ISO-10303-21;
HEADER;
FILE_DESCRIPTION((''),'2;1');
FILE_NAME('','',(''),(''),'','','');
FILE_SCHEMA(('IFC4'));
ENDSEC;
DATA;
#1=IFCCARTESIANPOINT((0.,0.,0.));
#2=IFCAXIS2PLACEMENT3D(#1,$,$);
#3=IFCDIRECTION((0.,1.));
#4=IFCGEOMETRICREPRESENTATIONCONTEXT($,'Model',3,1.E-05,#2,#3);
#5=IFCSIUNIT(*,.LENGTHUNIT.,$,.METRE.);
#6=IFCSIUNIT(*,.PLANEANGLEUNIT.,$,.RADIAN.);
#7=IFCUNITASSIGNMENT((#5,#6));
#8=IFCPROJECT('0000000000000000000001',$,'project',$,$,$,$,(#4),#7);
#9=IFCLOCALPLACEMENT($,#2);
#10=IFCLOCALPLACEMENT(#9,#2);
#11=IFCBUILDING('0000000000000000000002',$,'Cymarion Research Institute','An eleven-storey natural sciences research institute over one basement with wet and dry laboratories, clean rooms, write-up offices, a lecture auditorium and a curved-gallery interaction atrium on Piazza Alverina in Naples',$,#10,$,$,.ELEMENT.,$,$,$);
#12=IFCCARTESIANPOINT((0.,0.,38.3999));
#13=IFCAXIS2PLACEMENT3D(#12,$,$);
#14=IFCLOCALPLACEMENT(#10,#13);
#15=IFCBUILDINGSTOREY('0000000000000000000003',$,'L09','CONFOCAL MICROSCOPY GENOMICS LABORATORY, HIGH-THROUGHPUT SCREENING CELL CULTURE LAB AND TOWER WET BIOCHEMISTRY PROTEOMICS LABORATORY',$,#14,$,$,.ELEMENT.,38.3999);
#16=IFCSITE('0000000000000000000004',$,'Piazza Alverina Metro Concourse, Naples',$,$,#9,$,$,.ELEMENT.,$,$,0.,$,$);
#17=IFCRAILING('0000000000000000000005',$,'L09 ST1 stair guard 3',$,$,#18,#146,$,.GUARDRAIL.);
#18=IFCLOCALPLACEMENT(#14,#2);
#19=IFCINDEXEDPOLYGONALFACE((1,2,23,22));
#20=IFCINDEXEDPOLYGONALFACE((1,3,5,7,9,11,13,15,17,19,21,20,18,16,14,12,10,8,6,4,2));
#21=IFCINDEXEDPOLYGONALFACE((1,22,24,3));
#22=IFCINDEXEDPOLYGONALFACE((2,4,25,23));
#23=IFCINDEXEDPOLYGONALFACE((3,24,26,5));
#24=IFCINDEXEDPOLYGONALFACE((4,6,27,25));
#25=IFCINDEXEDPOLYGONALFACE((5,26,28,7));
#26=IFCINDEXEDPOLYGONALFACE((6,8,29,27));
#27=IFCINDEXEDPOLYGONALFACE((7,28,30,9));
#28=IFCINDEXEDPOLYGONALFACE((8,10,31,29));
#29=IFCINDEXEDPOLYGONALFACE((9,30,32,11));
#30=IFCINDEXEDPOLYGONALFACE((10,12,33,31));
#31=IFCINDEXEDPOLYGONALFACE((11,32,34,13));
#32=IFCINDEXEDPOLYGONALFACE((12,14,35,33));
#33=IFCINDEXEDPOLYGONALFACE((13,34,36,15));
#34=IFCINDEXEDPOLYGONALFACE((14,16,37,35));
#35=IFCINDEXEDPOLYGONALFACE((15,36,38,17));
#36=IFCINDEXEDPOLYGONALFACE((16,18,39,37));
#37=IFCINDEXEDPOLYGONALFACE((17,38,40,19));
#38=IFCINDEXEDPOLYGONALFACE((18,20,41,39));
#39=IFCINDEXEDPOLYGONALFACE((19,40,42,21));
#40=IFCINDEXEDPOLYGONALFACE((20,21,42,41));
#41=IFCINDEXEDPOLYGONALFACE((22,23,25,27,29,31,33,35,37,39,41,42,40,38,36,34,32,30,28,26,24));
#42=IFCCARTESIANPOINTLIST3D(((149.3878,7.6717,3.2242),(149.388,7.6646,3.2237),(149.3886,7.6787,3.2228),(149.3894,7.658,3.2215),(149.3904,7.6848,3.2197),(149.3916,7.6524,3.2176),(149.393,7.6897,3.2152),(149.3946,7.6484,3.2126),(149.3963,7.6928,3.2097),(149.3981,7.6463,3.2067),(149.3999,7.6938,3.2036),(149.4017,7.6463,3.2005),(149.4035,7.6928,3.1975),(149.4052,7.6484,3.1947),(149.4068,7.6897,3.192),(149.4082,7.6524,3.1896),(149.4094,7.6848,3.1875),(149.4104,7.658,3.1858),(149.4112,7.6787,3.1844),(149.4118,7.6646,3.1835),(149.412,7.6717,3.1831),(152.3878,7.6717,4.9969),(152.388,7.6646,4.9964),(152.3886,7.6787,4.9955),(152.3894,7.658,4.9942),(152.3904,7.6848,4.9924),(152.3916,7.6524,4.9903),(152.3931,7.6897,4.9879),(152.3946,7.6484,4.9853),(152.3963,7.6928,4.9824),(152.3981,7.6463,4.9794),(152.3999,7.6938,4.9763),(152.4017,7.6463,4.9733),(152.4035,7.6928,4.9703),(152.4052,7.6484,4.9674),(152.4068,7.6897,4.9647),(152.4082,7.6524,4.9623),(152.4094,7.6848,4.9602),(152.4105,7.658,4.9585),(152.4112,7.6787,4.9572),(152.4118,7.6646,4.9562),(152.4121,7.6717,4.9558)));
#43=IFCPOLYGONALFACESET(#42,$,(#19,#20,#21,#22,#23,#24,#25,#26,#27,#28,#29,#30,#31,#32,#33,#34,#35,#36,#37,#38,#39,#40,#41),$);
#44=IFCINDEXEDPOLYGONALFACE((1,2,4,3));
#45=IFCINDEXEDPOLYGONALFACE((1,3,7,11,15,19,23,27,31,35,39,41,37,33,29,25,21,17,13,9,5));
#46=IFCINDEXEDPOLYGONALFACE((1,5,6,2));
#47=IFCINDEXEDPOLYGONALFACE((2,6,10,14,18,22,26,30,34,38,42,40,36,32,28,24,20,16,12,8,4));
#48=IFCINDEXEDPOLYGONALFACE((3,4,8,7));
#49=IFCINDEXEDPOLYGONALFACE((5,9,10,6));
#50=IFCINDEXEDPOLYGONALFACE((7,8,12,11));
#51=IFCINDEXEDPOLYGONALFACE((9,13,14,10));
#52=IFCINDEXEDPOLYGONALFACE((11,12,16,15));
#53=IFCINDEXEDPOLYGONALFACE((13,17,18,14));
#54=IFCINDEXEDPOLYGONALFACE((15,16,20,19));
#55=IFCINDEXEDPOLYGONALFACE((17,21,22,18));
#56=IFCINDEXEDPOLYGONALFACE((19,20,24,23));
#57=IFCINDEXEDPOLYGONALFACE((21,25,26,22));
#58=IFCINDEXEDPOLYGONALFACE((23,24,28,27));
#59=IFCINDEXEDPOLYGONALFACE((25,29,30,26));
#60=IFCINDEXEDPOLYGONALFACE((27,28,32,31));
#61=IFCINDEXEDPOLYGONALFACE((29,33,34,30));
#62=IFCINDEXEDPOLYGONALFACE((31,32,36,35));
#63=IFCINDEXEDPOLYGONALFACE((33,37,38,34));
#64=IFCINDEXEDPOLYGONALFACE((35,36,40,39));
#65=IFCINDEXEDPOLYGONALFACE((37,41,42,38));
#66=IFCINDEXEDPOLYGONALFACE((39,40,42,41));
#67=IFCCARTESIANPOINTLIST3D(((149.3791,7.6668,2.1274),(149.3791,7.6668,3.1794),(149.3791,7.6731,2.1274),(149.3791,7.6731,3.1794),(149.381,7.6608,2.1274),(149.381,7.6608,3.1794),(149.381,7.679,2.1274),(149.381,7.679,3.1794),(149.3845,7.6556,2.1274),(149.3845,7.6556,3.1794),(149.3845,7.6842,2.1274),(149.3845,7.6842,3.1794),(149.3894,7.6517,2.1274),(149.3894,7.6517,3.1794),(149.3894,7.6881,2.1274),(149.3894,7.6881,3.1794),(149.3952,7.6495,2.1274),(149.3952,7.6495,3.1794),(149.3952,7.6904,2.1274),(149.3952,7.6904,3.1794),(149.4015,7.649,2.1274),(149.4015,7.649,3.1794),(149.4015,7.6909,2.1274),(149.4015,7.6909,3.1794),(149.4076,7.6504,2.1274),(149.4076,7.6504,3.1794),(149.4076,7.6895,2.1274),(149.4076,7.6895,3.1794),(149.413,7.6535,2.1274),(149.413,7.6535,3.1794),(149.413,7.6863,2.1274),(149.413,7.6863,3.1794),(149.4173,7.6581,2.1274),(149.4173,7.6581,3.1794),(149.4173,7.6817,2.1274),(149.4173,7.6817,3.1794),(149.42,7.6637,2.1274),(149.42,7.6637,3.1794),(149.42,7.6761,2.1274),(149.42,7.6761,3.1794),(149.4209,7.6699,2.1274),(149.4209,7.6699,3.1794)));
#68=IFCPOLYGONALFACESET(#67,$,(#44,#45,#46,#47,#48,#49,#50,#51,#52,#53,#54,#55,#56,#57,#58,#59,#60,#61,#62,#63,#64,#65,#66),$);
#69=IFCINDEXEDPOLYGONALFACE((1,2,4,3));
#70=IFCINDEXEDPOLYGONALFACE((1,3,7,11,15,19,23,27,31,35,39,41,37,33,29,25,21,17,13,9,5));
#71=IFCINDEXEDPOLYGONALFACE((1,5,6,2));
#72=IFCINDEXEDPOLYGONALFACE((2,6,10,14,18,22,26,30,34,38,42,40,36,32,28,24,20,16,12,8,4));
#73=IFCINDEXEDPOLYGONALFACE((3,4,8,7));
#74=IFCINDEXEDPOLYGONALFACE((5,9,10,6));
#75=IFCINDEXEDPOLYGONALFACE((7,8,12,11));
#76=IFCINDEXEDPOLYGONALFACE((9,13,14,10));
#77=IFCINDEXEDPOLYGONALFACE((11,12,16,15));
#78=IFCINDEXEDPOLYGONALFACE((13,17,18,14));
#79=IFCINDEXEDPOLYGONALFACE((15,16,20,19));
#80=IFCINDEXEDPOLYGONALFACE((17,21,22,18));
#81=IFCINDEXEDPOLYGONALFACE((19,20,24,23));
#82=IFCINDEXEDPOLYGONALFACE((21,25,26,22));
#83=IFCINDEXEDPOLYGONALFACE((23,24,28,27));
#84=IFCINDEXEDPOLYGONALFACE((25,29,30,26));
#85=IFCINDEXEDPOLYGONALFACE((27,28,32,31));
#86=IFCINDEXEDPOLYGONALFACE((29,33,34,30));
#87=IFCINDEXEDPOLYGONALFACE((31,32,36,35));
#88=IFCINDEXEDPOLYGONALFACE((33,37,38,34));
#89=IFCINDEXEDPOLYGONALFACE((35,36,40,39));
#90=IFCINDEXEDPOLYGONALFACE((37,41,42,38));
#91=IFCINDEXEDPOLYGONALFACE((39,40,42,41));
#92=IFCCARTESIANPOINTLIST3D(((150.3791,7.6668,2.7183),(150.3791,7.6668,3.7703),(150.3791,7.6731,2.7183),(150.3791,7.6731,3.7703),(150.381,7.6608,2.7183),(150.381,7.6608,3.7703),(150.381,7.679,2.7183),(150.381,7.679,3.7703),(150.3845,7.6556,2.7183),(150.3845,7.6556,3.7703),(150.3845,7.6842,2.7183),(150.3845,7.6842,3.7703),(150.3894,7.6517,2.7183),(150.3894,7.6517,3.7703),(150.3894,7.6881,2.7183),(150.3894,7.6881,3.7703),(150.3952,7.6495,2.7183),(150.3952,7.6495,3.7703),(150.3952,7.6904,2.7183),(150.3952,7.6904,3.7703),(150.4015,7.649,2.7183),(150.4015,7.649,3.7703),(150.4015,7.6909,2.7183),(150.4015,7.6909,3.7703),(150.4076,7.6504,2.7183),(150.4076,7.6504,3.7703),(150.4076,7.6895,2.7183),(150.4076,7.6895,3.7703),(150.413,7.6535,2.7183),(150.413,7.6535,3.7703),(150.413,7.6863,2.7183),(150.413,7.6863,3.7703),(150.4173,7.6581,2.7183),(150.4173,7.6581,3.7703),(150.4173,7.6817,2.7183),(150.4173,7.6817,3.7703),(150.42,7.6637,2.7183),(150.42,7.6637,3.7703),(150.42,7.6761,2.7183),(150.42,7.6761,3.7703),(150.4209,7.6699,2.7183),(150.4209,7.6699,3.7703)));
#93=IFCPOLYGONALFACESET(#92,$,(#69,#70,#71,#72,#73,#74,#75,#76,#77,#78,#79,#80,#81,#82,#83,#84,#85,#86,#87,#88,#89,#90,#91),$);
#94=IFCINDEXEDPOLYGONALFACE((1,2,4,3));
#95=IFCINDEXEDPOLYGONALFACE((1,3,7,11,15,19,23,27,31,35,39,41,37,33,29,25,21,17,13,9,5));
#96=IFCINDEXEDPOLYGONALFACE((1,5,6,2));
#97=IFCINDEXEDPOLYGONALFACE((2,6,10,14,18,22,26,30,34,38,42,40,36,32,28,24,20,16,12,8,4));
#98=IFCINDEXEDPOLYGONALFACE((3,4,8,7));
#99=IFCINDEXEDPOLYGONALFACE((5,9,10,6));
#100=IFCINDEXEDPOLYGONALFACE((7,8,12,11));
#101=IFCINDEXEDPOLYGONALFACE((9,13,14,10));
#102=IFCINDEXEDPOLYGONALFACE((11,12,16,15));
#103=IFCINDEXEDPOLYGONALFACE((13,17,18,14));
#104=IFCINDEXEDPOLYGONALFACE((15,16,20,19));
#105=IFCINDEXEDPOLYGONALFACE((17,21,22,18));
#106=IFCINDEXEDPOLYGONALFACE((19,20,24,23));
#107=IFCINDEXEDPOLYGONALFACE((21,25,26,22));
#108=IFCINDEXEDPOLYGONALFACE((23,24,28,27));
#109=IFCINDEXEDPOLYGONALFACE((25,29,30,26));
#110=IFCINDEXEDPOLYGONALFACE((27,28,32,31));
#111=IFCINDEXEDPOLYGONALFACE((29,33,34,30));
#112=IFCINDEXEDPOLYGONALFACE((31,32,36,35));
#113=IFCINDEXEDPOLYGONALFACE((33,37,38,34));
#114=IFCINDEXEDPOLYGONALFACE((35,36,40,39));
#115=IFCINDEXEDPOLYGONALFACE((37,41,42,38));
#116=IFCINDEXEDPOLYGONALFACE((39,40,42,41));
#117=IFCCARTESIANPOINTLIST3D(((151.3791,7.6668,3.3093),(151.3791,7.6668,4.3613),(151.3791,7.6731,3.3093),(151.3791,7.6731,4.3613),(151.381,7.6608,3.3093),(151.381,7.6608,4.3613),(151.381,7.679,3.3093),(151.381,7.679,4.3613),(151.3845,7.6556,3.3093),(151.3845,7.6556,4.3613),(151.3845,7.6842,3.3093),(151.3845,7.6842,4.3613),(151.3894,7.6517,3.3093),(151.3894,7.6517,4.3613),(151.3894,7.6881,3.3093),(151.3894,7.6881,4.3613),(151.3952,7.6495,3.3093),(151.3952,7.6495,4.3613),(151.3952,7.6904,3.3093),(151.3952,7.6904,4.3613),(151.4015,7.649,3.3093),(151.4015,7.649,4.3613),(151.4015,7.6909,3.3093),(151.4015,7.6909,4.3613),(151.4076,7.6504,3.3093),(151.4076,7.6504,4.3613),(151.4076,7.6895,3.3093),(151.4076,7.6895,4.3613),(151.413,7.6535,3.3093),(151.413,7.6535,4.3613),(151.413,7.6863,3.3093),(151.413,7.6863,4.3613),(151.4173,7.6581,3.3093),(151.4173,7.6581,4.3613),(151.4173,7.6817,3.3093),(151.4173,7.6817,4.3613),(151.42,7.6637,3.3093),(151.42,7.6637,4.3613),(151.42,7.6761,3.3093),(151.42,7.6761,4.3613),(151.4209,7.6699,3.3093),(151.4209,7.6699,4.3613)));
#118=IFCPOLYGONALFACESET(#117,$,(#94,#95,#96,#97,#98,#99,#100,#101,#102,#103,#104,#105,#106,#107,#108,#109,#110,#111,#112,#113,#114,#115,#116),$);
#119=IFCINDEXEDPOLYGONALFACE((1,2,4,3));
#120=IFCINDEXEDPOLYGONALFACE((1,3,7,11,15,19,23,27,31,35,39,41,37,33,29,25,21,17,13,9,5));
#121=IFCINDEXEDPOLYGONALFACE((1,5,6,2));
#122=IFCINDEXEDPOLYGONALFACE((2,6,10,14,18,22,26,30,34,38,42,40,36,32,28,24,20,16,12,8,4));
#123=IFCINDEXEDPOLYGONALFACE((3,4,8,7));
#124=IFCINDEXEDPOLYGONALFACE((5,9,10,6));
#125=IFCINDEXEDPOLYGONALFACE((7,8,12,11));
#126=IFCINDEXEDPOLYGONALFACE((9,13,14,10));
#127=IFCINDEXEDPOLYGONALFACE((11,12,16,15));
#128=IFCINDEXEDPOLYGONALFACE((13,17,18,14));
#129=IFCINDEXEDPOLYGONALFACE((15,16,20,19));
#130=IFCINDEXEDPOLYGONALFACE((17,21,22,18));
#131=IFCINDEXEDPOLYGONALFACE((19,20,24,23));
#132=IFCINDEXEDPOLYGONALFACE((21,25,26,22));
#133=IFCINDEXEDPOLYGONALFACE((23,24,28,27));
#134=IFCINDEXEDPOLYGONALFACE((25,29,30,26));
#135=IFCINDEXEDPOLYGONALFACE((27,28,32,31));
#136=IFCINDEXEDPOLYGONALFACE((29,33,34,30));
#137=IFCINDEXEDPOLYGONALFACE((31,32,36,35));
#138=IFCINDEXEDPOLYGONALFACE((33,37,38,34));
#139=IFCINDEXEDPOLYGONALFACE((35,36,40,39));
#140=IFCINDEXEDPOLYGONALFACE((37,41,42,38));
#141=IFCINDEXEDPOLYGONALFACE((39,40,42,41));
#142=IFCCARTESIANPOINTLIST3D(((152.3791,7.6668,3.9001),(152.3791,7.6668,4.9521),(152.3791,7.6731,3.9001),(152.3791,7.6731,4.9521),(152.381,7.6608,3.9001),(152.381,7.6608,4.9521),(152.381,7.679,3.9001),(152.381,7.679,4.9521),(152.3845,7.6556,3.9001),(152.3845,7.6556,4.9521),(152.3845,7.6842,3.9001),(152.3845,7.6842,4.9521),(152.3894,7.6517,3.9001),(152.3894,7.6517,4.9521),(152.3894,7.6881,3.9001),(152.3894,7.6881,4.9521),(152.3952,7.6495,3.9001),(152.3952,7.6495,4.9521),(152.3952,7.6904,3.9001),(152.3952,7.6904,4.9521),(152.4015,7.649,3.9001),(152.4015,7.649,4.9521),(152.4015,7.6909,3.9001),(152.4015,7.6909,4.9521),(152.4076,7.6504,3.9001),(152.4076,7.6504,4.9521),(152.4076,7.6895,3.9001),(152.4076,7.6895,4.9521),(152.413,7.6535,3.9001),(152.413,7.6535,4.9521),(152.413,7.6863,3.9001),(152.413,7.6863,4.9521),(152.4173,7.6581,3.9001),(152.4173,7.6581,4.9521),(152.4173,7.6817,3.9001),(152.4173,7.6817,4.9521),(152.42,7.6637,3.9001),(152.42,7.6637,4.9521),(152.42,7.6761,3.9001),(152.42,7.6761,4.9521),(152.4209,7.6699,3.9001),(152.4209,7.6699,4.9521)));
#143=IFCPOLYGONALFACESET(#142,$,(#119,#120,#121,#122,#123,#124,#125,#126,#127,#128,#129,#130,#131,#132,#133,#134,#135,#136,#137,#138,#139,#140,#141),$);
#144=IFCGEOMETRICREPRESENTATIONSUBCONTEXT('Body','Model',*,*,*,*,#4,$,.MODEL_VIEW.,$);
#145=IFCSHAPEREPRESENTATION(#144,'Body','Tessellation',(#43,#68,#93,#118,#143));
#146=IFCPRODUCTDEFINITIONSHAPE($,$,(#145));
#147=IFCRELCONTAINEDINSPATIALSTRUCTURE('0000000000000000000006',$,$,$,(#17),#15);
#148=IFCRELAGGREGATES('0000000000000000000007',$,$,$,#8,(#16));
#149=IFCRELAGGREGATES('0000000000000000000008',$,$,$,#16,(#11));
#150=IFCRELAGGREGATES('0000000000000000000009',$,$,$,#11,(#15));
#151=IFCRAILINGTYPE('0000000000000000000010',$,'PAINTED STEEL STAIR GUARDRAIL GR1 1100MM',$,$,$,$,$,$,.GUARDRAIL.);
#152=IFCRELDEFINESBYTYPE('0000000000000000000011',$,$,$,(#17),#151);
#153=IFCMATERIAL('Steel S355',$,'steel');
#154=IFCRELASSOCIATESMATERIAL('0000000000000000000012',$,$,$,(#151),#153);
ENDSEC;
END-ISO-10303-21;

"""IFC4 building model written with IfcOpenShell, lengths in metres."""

from ifc_helpers import new_model, si_unit, direction, frame, origin, origin_2d, place, context, subcontext, project, spatial, circle, extrude, material, type_object, element, save


model = new_model("IFC4")

# Units and contexts
model_context = context("Model", 3, precision=1e-05, world=origin(), true_north=direction((0.0, 1.0)))
body_context = subcontext(model_context, "Body", "Model", "MODEL_VIEW")
ifc_project = project(units=[si_unit("LENGTHUNIT", "METRE"), si_unit("PLANEANGLEUNIT", "RADIAN")], contexts=[model_context])

# Site, building, storey
site_placement = place(None, origin())
site = spatial("IfcSite", under=ifc_project, at=site_placement, Name="Piazza Alverina Metro Concourse, Naples", CompositionType="ELEMENT", RefElevation=0.0)
building_placement = place(site_placement, origin())
building = spatial("IfcBuilding", under=site, at=building_placement, Name="Cymarion Research Institute", Description="An eleven-storey natural sciences research institute over one basement with wet and dry laboratories, clean rooms, write-up offices, a lecture auditorium and a curved-gallery interaction atrium on Piazza Alverina in Naples", CompositionType="ELEMENT")
storey_placement = place(building_placement, frame((0.0, 0.0, 38.3999)))
storey = spatial("IfcBuildingStorey", under=building, at=storey_placement, Name="L09", Description="CONFOCAL MICROSCOPY GENOMICS LABORATORY, HIGH-THROUGHPUT SCREENING CELL CULTURE LAB AND TOWER WET BIOCHEMISTRY PROTEOMICS LABORATORY", CompositionType="ELEMENT", Elevation=38.3999)

# Shared definitions
ifc_material_1 = material(Name="Steel S355", Category="steel")

# Railing
railing_type_1 = type_object("IfcRailingType", Name="PAINTED STEEL STAIR GUARDRAIL GR1 1100MM", PredefinedType="GUARDRAIL", material=ifc_material_1)
railing_1_placement = place(storey_placement, frame((149.3999, 7.6699, 2.1274)))
element("IfcRailing", 1, at=railing_1_placement, inside=storey, type_object=railing_type_1, Name="L09 ST1 stair guard 3", PredefinedType="GUARDRAIL", context=body_context, shape_type="SweptSolid", body=[
    extrude(circle(Radius=0.0239, at=origin_2d()), frame((0.0, 0.0, 1.0762), z_axis=(0.860929, 0.0, 0.508725), x_axis=(0.0, 1.0, 0.0)), (0.0, 0.0, 1.0), 3.4846),
    extrude(circle(Radius=0.021, at=origin_2d()), origin(), (0.0, 0.0, 1.0), 1.052),
    extrude(circle(Radius=0.021, at=origin_2d()), frame((1.0, 0.0, 0.5908)), (0.0, 0.0, 1.0), 1.052),
    extrude(circle(Radius=0.021, at=origin_2d()), frame((2.0, 0.0, 1.1819)), (0.0, 0.0, 1.0), 1.052),
    extrude(circle(Radius=0.021, at=origin_2d()), frame((3.0, 0.0, 1.7727)), (0.0, 0.0, 1.0), 1.052),
])

save(model, "model.ifc")
